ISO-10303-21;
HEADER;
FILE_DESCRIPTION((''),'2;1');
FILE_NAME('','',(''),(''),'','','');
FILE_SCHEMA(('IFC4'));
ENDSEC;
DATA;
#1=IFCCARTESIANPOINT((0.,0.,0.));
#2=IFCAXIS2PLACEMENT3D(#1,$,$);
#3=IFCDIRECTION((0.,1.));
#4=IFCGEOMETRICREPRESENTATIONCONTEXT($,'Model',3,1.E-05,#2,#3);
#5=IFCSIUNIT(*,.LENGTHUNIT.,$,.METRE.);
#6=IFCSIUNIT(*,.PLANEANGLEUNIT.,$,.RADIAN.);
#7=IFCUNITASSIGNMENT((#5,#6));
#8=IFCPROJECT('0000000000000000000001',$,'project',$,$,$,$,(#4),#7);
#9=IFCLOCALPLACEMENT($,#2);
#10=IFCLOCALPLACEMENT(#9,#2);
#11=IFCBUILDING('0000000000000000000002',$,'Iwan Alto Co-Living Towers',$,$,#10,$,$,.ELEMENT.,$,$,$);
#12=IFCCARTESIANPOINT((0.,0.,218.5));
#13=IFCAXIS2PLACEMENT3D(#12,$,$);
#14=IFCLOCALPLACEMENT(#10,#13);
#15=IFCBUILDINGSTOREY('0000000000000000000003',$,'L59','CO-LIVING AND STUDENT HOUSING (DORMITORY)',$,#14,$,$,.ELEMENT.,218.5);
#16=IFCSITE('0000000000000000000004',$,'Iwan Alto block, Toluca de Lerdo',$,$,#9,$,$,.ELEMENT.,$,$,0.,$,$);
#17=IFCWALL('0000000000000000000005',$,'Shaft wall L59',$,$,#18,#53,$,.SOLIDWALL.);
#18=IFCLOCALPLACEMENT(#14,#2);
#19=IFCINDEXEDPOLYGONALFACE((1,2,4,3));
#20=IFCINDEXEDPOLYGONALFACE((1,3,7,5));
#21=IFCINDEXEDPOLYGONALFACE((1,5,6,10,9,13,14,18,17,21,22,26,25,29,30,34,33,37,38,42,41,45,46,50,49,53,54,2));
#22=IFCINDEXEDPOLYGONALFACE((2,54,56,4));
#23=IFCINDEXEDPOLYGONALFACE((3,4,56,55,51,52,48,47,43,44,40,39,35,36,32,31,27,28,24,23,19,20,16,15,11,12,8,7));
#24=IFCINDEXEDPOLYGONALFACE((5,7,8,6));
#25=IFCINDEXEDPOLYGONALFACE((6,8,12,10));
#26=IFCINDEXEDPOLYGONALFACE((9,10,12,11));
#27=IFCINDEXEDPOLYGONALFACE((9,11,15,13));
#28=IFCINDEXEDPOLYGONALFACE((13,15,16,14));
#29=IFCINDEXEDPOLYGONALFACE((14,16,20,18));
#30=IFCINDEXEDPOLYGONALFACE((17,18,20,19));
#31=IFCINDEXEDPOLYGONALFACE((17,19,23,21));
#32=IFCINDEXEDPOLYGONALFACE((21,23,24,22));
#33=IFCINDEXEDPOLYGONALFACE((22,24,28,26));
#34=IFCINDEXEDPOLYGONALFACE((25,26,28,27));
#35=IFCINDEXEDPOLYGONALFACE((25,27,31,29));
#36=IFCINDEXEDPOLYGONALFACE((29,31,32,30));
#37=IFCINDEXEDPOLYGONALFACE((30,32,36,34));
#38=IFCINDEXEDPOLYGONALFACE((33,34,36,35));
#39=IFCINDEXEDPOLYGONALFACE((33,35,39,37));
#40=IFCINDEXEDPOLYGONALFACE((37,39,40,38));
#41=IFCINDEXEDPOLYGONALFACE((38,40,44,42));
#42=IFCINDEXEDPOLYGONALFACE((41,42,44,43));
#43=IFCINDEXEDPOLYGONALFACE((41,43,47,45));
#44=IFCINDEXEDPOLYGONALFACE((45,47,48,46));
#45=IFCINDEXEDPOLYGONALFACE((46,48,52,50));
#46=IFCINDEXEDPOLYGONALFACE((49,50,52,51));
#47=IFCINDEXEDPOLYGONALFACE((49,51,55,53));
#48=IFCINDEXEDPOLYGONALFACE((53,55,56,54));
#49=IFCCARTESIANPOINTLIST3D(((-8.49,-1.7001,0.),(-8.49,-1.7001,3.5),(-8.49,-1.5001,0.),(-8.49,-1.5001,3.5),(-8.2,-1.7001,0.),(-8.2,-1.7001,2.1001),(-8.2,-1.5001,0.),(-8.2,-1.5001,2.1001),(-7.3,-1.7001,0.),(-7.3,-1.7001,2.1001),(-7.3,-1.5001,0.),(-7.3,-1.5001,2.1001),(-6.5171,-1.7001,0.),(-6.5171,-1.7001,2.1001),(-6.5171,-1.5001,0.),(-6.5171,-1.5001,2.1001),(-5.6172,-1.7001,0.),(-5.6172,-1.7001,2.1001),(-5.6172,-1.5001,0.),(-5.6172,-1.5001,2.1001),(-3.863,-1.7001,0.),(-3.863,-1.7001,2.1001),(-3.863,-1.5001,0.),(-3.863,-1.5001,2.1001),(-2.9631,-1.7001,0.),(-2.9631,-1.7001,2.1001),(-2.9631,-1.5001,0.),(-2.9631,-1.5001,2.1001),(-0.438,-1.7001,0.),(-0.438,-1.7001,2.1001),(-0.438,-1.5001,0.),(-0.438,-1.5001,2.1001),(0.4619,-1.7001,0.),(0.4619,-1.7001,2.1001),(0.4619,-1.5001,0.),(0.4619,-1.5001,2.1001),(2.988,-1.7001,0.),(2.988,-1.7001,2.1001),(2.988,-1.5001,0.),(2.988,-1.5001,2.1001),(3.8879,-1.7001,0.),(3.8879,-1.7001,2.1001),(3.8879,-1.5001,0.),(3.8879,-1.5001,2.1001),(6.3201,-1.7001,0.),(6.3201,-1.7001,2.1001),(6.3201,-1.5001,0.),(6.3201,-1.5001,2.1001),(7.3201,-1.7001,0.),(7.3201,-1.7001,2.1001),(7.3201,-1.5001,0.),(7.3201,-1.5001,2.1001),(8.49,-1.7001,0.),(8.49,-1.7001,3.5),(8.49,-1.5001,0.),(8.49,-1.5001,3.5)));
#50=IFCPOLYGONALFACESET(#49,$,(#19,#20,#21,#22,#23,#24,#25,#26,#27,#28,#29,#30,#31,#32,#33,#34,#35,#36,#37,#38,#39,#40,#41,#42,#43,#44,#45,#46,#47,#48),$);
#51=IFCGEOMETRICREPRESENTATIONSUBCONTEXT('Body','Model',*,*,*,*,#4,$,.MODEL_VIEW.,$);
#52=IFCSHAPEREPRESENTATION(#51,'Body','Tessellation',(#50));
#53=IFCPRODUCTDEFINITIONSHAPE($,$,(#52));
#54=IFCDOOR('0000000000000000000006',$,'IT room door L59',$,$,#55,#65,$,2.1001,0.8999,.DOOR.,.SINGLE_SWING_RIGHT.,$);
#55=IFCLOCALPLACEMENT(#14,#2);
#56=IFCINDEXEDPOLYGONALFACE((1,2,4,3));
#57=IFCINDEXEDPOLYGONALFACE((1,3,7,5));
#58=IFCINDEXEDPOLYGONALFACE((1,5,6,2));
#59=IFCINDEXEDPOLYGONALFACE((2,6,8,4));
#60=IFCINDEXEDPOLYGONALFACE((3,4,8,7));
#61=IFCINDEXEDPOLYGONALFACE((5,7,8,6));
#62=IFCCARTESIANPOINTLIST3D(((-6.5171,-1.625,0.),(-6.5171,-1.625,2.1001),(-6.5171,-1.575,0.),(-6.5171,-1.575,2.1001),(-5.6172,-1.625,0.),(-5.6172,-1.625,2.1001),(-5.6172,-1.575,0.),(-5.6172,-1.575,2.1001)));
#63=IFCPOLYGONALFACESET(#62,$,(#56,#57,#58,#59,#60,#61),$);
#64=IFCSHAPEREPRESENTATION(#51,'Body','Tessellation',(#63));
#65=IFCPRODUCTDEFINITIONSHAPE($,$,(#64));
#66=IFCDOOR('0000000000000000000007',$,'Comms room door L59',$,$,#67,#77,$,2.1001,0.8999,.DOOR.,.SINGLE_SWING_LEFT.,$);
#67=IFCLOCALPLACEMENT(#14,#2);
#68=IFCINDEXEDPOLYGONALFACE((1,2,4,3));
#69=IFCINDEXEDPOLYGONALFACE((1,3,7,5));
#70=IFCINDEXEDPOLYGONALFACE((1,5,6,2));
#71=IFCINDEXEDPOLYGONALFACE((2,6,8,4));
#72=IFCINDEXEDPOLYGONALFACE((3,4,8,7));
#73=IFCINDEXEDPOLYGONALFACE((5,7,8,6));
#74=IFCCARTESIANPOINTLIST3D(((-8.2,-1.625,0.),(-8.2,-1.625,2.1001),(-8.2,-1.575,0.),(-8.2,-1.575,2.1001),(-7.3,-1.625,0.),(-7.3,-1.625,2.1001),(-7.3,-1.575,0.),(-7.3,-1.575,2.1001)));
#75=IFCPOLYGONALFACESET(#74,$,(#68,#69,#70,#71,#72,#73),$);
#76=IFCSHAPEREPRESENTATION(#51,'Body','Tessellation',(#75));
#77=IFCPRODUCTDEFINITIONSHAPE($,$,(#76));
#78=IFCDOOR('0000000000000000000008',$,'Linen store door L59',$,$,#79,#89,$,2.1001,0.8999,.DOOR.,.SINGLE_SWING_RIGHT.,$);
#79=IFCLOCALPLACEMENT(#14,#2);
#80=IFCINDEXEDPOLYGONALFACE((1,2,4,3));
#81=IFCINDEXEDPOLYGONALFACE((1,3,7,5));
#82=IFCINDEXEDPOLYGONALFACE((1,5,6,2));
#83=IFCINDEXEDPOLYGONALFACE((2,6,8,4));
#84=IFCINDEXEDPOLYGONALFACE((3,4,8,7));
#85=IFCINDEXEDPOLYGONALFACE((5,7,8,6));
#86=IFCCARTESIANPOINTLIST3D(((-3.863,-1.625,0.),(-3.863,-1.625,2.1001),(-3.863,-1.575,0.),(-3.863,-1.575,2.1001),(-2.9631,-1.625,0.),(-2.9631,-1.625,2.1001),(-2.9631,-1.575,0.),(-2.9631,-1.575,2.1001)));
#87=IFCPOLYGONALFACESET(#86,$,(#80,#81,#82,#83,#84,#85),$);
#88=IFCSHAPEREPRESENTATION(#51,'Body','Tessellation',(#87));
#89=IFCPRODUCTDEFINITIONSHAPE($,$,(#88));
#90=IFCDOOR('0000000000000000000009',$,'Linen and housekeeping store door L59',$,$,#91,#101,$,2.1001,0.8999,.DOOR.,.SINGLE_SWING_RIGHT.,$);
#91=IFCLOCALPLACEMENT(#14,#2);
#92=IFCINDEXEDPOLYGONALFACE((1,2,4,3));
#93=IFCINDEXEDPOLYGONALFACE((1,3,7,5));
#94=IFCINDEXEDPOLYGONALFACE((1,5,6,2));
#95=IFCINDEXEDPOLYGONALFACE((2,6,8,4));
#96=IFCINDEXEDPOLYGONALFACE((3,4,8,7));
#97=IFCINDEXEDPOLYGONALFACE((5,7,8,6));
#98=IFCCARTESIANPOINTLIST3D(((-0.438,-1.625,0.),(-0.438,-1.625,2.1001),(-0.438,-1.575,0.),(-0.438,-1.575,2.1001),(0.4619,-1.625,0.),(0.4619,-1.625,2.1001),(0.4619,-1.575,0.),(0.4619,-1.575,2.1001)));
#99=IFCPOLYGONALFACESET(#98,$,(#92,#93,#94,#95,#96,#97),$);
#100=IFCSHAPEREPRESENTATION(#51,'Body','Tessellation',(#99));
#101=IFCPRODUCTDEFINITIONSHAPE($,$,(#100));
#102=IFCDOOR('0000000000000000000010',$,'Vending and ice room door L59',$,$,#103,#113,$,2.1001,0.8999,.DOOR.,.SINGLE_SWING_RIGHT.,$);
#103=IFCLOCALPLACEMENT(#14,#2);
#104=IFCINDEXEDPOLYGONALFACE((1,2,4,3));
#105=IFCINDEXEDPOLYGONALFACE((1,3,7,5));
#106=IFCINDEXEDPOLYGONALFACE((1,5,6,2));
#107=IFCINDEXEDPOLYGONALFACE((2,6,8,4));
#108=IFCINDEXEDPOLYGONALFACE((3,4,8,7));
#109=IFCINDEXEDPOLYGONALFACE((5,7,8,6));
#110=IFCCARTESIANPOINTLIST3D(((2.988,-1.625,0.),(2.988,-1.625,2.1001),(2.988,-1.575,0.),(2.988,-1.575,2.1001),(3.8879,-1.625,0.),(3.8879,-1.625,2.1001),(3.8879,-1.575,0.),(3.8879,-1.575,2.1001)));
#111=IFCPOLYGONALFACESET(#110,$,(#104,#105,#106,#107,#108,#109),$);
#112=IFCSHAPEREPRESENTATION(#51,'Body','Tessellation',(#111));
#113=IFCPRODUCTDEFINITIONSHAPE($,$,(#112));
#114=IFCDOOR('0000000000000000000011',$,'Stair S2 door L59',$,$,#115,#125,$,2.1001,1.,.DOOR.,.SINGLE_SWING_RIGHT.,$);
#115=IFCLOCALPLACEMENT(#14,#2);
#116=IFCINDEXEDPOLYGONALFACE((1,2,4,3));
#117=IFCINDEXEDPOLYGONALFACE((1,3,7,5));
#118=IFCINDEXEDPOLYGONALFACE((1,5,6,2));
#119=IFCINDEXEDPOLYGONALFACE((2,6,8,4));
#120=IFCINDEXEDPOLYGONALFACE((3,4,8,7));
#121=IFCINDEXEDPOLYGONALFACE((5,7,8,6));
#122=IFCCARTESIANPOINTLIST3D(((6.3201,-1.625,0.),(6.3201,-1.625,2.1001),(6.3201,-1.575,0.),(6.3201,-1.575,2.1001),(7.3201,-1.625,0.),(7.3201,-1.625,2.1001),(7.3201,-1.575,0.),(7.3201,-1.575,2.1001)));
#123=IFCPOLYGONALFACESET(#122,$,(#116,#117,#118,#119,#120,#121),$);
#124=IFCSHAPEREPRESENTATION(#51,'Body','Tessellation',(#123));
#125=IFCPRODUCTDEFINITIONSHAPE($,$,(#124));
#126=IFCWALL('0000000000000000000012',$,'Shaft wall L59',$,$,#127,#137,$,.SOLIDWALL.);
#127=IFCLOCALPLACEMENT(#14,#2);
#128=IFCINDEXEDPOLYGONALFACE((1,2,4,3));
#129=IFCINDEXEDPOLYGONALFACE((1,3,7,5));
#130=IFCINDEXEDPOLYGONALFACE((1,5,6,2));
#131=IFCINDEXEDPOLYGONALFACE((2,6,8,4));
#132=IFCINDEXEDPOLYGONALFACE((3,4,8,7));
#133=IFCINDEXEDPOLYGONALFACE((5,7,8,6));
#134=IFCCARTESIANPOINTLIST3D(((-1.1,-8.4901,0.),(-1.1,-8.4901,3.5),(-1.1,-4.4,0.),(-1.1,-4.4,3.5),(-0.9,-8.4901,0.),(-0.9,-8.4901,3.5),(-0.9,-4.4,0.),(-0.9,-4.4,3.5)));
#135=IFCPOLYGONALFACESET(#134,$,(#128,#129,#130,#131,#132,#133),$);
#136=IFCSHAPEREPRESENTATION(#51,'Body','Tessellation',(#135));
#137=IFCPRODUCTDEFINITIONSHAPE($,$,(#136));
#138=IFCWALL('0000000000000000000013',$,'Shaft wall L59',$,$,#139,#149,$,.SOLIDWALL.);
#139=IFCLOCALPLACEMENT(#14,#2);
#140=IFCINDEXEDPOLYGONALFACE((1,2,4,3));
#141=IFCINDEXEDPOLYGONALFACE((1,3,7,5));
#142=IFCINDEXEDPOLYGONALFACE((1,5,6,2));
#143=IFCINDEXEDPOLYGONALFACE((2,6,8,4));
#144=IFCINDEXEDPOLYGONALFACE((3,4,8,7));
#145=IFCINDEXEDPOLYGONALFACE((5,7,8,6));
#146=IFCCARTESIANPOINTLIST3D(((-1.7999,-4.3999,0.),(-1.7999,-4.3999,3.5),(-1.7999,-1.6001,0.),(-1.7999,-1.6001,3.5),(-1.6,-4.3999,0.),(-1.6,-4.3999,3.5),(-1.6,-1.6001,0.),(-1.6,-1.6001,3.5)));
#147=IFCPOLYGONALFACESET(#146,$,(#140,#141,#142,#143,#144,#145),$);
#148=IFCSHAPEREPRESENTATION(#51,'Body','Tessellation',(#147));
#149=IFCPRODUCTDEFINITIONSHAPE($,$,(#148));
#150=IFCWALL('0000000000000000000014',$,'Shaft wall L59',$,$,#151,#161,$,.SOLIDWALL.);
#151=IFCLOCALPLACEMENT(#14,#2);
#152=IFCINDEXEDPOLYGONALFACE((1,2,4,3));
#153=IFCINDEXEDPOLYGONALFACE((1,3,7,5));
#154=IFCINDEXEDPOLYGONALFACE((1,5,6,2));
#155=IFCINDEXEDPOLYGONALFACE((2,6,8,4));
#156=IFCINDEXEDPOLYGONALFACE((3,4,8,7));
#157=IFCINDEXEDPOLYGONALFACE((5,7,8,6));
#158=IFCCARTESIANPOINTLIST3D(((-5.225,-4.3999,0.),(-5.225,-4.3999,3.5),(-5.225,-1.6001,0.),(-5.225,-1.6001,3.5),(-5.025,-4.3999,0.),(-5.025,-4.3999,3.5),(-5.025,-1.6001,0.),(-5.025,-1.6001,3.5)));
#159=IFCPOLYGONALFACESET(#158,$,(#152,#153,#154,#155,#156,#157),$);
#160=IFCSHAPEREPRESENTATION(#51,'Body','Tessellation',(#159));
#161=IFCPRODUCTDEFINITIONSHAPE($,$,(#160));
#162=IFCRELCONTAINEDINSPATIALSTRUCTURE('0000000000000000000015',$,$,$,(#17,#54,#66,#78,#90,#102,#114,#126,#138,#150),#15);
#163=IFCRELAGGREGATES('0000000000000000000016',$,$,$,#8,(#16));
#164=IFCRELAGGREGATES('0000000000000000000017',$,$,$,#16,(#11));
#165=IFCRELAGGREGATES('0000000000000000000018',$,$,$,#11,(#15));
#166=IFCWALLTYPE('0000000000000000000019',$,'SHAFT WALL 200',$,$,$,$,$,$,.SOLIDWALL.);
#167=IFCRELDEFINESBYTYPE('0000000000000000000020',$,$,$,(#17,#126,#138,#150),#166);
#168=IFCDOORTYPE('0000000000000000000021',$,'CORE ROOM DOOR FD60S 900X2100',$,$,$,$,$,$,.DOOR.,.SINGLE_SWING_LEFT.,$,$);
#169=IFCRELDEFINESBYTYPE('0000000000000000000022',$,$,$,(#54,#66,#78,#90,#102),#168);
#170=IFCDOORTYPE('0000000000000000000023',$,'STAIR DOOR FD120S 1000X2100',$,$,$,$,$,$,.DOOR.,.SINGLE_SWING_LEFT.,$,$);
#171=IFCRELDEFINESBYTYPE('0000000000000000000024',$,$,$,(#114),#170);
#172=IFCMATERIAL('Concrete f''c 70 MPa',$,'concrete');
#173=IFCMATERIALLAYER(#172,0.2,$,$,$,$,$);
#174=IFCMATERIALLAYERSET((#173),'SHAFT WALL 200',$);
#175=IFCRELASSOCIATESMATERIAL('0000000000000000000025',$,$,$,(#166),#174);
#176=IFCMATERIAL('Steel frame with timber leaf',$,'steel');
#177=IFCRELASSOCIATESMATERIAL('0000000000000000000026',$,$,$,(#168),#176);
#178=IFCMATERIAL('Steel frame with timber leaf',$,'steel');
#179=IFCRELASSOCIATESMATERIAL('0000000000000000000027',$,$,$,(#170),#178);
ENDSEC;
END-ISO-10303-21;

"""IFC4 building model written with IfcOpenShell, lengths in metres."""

from ifc_helpers import new_model, si_unit, direction, frame, frame_2d, origin, place, context, subcontext, project, spatial, rectangle, extrude, material, layer, layer_set, type_object, element, fill, save


model = new_model("IFC4")

# Units and contexts
model_context = context("Model", 3, precision=1e-05, world=origin(), true_north=direction((0.0, 1.0)))
body_context = subcontext(model_context, "Body", "Model", "MODEL_VIEW")
ifc_project = project(units=[si_unit("LENGTHUNIT", "METRE"), si_unit("PLANEANGLEUNIT", "RADIAN")], contexts=[model_context])

# Site, building, storey
site_placement = place(None, origin())
site = spatial("IfcSite", under=ifc_project, at=site_placement, Name="Iwan Alto block, Toluca de Lerdo", CompositionType="ELEMENT", RefElevation=0.0)
building_placement = place(site_placement, origin())
building = spatial("IfcBuilding", under=site, at=building_placement, Name="Iwan Alto Co-Living Towers", CompositionType="ELEMENT")
storey_placement = place(building_placement, frame((0.0, 0.0, 218.5)))
storey = spatial("IfcBuildingStorey", under=building, at=storey_placement, Name="L59", Description="CO-LIVING AND STUDENT HOUSING (DORMITORY)", CompositionType="ELEMENT", Elevation=218.5)

# Shared definitions
ifc_material_1 = material(Name="Concrete f'c 70 MPa", Category="concrete")
ifc_layer_1 = layer(ifc_material_1, 0.2)
ifc_layer_set_1 = layer_set([ifc_layer_1], Name="SHAFT WALL 200")
wall_type_1 = type_object("IfcWallType", Name="SHAFT WALL 200", PredefinedType="SOLIDWALL", material=ifc_layer_set_1)

# Wall, openings, doors
wall_1_placement = place(storey_placement, frame((-8.49, -1.6001, 0.0), z_axis=(0.0, 0.0, 1.0), x_axis=(1.0, 0.0, 0.0)))
wall_1 = element("IfcWall", 1, at=wall_1_placement, inside=storey, type_object=wall_type_1, Name="Shaft wall L59", PredefinedType="SOLIDWALL", context=body_context, shape_type="SweptSolid", body=[
    extrude(rectangle(XDim=16.98, YDim=0.2, at=frame_2d((8.49, 0.0))), origin(), (0.0, 0.0, 1.0), 3.5),
])
opening_1_placement = place(wall_1_placement, frame((14.8101, 0.0, 0.0)))
opening_1 = element("IfcOpeningElement", 2, at=opening_1_placement, cuts=wall_1, PredefinedType="OPENING", context=body_context, shape_type="SweptSolid", body=[
    extrude(rectangle(XDim=1.0, YDim=2.1001, at=frame_2d((0.5, 1.05))), frame((0.0, 0.1099, 0.0), z_axis=(0.0, -1.0, 0.0), x_axis=(1.0, 0.0, 0.0)), (0.0, 0.0, 1.0), 0.22),
])
opening_2_placement = place(wall_1_placement, frame((1.9729, 0.0, 0.0)))
opening_2 = element("IfcOpeningElement", 3, at=opening_2_placement, cuts=wall_1, PredefinedType="OPENING", context=body_context, shape_type="SweptSolid", body=[
    extrude(rectangle(XDim=0.8999, YDim=2.1001, at=frame_2d((0.45, 1.05))), frame((0.0, 0.1099, 0.0), z_axis=(0.0, -1.0, 0.0), x_axis=(1.0, 0.0, 0.0)), (0.0, 0.0, 1.0), 0.22),
])
opening_3_placement = place(wall_1_placement, frame((0.29, 0.0, 0.0)))
opening_3 = element("IfcOpeningElement", 4, at=opening_3_placement, cuts=wall_1, PredefinedType="OPENING", context=body_context, shape_type="SweptSolid", body=[
    extrude(rectangle(XDim=0.8999, YDim=2.1001, at=frame_2d((0.45, 1.05))), frame((0.0, 0.1099, 0.0), z_axis=(0.0, -1.0, 0.0), x_axis=(1.0, 0.0, 0.0)), (0.0, 0.0, 1.0), 0.22),
])
opening_4_placement = place(wall_1_placement, frame((4.627, 0.0, 0.0)))
opening_4 = element("IfcOpeningElement", 5, at=opening_4_placement, cuts=wall_1, PredefinedType="OPENING", context=body_context, shape_type="SweptSolid", body=[
    extrude(rectangle(XDim=0.8999, YDim=2.1001, at=frame_2d((0.45, 1.05))), frame((0.0, 0.1099, 0.0), z_axis=(0.0, -1.0, 0.0), x_axis=(1.0, 0.0, 0.0)), (0.0, 0.0, 1.0), 0.22),
])
opening_5_placement = place(wall_1_placement, frame((8.052, 0.0, 0.0)))
opening_5 = element("IfcOpeningElement", 6, at=opening_5_placement, cuts=wall_1, PredefinedType="OPENING", context=body_context, shape_type="SweptSolid", body=[
    extrude(rectangle(XDim=0.8999, YDim=2.1001, at=frame_2d((0.45, 1.05))), frame((0.0, 0.1099, 0.0), z_axis=(0.0, -1.0, 0.0), x_axis=(1.0, 0.0, 0.0)), (0.0, 0.0, 1.0), 0.22),
])
opening_6_placement = place(wall_1_placement, frame((11.478, 0.0, 0.0)))
opening_6 = element("IfcOpeningElement", 7, at=opening_6_placement, cuts=wall_1, PredefinedType="OPENING", context=body_context, shape_type="SweptSolid", body=[
    extrude(rectangle(XDim=0.8999, YDim=2.1001, at=frame_2d((0.45, 1.05))), frame((0.0, 0.1099, 0.0), z_axis=(0.0, -1.0, 0.0), x_axis=(1.0, 0.0, 0.0)), (0.0, 0.0, 1.0), 0.22),
])
ifc_material_2 = material(Name="Steel frame with timber leaf", Category="steel")
door_type_1 = type_object("IfcDoorType", Name="CORE ROOM DOOR FD60S 900X2100", OperationType="SINGLE_SWING_LEFT", PredefinedType="DOOR", material=ifc_material_2)
door_1_placement = place(opening_2_placement, frame((0.8999, 0.0, 0.0), z_axis=(0.0, 0.0, 1.0), x_axis=(-1.0, 0.0, 0.0)))
door_1 = element("IfcDoor", 8, at=door_1_placement, inside=storey, type_object=door_type_1, Name="IT room door L59", OperationType="SINGLE_SWING_RIGHT", OverallHeight=2.1001, OverallWidth=0.8999, PredefinedType="DOOR", context=body_context, shape_type="SweptSolid", body=[
    extrude(rectangle(XDim=0.8999, YDim=2.1001, at=frame_2d((0.45, 1.05))), frame((0.0, 0.0249, 0.0), z_axis=(0.0, -1.0, 0.0), x_axis=(1.0, 0.0, 0.0)), (0.0, 0.0, 1.0), 0.05),
])
fill(opening_2, door_1)
door_2_placement = place(opening_3_placement, frame((0.8999, 0.0, 0.0), z_axis=(0.0, 0.0, 1.0), x_axis=(-1.0, 0.0, 0.0)))
door_2 = element("IfcDoor", 9, at=door_2_placement, inside=storey, type_object=door_type_1, Name="Comms room door L59", OperationType="SINGLE_SWING_LEFT", OverallHeight=2.1001, OverallWidth=0.8999, PredefinedType="DOOR", context=body_context, shape_type="SweptSolid", body=[
    extrude(rectangle(XDim=0.8999, YDim=2.1001, at=frame_2d((0.45, 1.05))), frame((0.0, 0.0249, 0.0), z_axis=(0.0, -1.0, 0.0), x_axis=(1.0, 0.0, 0.0)), (0.0, 0.0, 1.0), 0.05),
])
fill(opening_3, door_2)
door_3_placement = place(opening_4_placement, frame((0.8999, 0.0, 0.0), z_axis=(0.0, 0.0, 1.0), x_axis=(-1.0, 0.0, 0.0)))
door_3 = element("IfcDoor", 10, at=door_3_placement, inside=storey, type_object=door_type_1, Name="Linen store door L59", OperationType="SINGLE_SWING_RIGHT", OverallHeight=2.1001, OverallWidth=0.8999, PredefinedType="DOOR", context=body_context, shape_type="SweptSolid", body=[
    extrude(rectangle(XDim=0.8999, YDim=2.1001, at=frame_2d((0.45, 1.05))), frame((0.0, 0.0249, 0.0), z_axis=(0.0, -1.0, 0.0), x_axis=(1.0, 0.0, 0.0)), (0.0, 0.0, 1.0), 0.05),
])
fill(opening_4, door_3)
door_4_placement = place(opening_5_placement, frame((0.8999, 0.0, 0.0), z_axis=(0.0, 0.0, 1.0), x_axis=(-1.0, 0.0, 0.0)))
door_4 = element("IfcDoor", 11, at=door_4_placement, inside=storey, type_object=door_type_1, Name="Linen and housekeeping store door L59", OperationType="SINGLE_SWING_RIGHT", OverallHeight=2.1001, OverallWidth=0.8999, PredefinedType="DOOR", context=body_context, shape_type="SweptSolid", body=[
    extrude(rectangle(XDim=0.8999, YDim=2.1001, at=frame_2d((0.45, 1.05))), frame((0.0, 0.0249, 0.0), z_axis=(0.0, -1.0, 0.0), x_axis=(1.0, 0.0, 0.0)), (0.0, 0.0, 1.0), 0.05),
])
fill(opening_5, door_4)
door_5_placement = place(opening_6_placement, frame((0.8999, 0.0, 0.0), z_axis=(0.0, 0.0, 1.0), x_axis=(-1.0, 0.0, 0.0)))
door_5 = element("IfcDoor", 12, at=door_5_placement, inside=storey, type_object=door_type_1, Name="Vending and ice room door L59", OperationType="SINGLE_SWING_RIGHT", OverallHeight=2.1001, OverallWidth=0.8999, PredefinedType="DOOR", context=body_context, shape_type="SweptSolid", body=[
    extrude(rectangle(XDim=0.8999, YDim=2.1001, at=frame_2d((0.45, 1.05))), frame((0.0, 0.0249, 0.0), z_axis=(0.0, -1.0, 0.0), x_axis=(1.0, 0.0, 0.0)), (0.0, 0.0, 1.0), 0.05),
])
fill(opening_6, door_5)
ifc_material_3 = material(Name="Steel frame with timber leaf", Category="steel")
door_type_2 = type_object("IfcDoorType", Name="STAIR DOOR FD120S 1000X2100", OperationType="SINGLE_SWING_LEFT", PredefinedType="DOOR", material=ifc_material_3)
door_6_placement = place(opening_1_placement, frame((1.0, 0.0, 0.0), z_axis=(0.0, 0.0, 1.0), x_axis=(-1.0, 0.0, 0.0)))
door_6 = element("IfcDoor", 13, at=door_6_placement, inside=storey, type_object=door_type_2, Name="Stair S2 door L59", OperationType="SINGLE_SWING_RIGHT", OverallHeight=2.1001, OverallWidth=1.0, PredefinedType="DOOR", context=body_context, shape_type="SweptSolid", body=[
    extrude(rectangle(XDim=1.0, YDim=2.1001, at=frame_2d((0.5, 1.05))), frame((0.0, 0.0249, 0.0), z_axis=(0.0, -1.0, 0.0), x_axis=(1.0, 0.0, 0.0)), (0.0, 0.0, 1.0), 0.05),
])
fill(opening_1, door_6)

# Walls
wall_2_placement = place(storey_placement, frame((-1.0, -8.49, 0.0), z_axis=(0.0, 0.0, 1.0), x_axis=(0.0, 1.0, 0.0)))
element("IfcWall", 14, at=wall_2_placement, inside=storey, type_object=wall_type_1, Name="Shaft wall L59", PredefinedType="SOLIDWALL", context=body_context, shape_type="SweptSolid", body=[
    extrude(rectangle(XDim=4.0901, YDim=0.2, at=frame_2d((2.0449, 0.0))), origin(), (0.0, 0.0, 1.0), 3.5),
])
for number, where, z_axis, x_axis, name in (
    (15, (-1.7, -4.3999, 0.0), (0.0, 0.0, 1.0), (0.0, 1.0, 0.0), "Shaft wall L59"),
    (16, (-5.125, -4.3999, 0.0), (0.0, 0.0, 1.0), (0.0, 1.0, 0.0), "Shaft wall L59"),
):
    element("IfcWall", number, at=place(storey_placement, frame(where, z_axis=z_axis, x_axis=x_axis)), inside=storey, type_object=wall_type_1, Name=name, PredefinedType="SOLIDWALL", context=body_context, shape_type="SweptSolid", body=[
        extrude(rectangle(XDim=2.7998, YDim=0.2, at=frame_2d((1.3999, 0.0))), origin(), (0.0, 0.0, 1.0), 3.5),
    ])

save(model, "model.ifc")
